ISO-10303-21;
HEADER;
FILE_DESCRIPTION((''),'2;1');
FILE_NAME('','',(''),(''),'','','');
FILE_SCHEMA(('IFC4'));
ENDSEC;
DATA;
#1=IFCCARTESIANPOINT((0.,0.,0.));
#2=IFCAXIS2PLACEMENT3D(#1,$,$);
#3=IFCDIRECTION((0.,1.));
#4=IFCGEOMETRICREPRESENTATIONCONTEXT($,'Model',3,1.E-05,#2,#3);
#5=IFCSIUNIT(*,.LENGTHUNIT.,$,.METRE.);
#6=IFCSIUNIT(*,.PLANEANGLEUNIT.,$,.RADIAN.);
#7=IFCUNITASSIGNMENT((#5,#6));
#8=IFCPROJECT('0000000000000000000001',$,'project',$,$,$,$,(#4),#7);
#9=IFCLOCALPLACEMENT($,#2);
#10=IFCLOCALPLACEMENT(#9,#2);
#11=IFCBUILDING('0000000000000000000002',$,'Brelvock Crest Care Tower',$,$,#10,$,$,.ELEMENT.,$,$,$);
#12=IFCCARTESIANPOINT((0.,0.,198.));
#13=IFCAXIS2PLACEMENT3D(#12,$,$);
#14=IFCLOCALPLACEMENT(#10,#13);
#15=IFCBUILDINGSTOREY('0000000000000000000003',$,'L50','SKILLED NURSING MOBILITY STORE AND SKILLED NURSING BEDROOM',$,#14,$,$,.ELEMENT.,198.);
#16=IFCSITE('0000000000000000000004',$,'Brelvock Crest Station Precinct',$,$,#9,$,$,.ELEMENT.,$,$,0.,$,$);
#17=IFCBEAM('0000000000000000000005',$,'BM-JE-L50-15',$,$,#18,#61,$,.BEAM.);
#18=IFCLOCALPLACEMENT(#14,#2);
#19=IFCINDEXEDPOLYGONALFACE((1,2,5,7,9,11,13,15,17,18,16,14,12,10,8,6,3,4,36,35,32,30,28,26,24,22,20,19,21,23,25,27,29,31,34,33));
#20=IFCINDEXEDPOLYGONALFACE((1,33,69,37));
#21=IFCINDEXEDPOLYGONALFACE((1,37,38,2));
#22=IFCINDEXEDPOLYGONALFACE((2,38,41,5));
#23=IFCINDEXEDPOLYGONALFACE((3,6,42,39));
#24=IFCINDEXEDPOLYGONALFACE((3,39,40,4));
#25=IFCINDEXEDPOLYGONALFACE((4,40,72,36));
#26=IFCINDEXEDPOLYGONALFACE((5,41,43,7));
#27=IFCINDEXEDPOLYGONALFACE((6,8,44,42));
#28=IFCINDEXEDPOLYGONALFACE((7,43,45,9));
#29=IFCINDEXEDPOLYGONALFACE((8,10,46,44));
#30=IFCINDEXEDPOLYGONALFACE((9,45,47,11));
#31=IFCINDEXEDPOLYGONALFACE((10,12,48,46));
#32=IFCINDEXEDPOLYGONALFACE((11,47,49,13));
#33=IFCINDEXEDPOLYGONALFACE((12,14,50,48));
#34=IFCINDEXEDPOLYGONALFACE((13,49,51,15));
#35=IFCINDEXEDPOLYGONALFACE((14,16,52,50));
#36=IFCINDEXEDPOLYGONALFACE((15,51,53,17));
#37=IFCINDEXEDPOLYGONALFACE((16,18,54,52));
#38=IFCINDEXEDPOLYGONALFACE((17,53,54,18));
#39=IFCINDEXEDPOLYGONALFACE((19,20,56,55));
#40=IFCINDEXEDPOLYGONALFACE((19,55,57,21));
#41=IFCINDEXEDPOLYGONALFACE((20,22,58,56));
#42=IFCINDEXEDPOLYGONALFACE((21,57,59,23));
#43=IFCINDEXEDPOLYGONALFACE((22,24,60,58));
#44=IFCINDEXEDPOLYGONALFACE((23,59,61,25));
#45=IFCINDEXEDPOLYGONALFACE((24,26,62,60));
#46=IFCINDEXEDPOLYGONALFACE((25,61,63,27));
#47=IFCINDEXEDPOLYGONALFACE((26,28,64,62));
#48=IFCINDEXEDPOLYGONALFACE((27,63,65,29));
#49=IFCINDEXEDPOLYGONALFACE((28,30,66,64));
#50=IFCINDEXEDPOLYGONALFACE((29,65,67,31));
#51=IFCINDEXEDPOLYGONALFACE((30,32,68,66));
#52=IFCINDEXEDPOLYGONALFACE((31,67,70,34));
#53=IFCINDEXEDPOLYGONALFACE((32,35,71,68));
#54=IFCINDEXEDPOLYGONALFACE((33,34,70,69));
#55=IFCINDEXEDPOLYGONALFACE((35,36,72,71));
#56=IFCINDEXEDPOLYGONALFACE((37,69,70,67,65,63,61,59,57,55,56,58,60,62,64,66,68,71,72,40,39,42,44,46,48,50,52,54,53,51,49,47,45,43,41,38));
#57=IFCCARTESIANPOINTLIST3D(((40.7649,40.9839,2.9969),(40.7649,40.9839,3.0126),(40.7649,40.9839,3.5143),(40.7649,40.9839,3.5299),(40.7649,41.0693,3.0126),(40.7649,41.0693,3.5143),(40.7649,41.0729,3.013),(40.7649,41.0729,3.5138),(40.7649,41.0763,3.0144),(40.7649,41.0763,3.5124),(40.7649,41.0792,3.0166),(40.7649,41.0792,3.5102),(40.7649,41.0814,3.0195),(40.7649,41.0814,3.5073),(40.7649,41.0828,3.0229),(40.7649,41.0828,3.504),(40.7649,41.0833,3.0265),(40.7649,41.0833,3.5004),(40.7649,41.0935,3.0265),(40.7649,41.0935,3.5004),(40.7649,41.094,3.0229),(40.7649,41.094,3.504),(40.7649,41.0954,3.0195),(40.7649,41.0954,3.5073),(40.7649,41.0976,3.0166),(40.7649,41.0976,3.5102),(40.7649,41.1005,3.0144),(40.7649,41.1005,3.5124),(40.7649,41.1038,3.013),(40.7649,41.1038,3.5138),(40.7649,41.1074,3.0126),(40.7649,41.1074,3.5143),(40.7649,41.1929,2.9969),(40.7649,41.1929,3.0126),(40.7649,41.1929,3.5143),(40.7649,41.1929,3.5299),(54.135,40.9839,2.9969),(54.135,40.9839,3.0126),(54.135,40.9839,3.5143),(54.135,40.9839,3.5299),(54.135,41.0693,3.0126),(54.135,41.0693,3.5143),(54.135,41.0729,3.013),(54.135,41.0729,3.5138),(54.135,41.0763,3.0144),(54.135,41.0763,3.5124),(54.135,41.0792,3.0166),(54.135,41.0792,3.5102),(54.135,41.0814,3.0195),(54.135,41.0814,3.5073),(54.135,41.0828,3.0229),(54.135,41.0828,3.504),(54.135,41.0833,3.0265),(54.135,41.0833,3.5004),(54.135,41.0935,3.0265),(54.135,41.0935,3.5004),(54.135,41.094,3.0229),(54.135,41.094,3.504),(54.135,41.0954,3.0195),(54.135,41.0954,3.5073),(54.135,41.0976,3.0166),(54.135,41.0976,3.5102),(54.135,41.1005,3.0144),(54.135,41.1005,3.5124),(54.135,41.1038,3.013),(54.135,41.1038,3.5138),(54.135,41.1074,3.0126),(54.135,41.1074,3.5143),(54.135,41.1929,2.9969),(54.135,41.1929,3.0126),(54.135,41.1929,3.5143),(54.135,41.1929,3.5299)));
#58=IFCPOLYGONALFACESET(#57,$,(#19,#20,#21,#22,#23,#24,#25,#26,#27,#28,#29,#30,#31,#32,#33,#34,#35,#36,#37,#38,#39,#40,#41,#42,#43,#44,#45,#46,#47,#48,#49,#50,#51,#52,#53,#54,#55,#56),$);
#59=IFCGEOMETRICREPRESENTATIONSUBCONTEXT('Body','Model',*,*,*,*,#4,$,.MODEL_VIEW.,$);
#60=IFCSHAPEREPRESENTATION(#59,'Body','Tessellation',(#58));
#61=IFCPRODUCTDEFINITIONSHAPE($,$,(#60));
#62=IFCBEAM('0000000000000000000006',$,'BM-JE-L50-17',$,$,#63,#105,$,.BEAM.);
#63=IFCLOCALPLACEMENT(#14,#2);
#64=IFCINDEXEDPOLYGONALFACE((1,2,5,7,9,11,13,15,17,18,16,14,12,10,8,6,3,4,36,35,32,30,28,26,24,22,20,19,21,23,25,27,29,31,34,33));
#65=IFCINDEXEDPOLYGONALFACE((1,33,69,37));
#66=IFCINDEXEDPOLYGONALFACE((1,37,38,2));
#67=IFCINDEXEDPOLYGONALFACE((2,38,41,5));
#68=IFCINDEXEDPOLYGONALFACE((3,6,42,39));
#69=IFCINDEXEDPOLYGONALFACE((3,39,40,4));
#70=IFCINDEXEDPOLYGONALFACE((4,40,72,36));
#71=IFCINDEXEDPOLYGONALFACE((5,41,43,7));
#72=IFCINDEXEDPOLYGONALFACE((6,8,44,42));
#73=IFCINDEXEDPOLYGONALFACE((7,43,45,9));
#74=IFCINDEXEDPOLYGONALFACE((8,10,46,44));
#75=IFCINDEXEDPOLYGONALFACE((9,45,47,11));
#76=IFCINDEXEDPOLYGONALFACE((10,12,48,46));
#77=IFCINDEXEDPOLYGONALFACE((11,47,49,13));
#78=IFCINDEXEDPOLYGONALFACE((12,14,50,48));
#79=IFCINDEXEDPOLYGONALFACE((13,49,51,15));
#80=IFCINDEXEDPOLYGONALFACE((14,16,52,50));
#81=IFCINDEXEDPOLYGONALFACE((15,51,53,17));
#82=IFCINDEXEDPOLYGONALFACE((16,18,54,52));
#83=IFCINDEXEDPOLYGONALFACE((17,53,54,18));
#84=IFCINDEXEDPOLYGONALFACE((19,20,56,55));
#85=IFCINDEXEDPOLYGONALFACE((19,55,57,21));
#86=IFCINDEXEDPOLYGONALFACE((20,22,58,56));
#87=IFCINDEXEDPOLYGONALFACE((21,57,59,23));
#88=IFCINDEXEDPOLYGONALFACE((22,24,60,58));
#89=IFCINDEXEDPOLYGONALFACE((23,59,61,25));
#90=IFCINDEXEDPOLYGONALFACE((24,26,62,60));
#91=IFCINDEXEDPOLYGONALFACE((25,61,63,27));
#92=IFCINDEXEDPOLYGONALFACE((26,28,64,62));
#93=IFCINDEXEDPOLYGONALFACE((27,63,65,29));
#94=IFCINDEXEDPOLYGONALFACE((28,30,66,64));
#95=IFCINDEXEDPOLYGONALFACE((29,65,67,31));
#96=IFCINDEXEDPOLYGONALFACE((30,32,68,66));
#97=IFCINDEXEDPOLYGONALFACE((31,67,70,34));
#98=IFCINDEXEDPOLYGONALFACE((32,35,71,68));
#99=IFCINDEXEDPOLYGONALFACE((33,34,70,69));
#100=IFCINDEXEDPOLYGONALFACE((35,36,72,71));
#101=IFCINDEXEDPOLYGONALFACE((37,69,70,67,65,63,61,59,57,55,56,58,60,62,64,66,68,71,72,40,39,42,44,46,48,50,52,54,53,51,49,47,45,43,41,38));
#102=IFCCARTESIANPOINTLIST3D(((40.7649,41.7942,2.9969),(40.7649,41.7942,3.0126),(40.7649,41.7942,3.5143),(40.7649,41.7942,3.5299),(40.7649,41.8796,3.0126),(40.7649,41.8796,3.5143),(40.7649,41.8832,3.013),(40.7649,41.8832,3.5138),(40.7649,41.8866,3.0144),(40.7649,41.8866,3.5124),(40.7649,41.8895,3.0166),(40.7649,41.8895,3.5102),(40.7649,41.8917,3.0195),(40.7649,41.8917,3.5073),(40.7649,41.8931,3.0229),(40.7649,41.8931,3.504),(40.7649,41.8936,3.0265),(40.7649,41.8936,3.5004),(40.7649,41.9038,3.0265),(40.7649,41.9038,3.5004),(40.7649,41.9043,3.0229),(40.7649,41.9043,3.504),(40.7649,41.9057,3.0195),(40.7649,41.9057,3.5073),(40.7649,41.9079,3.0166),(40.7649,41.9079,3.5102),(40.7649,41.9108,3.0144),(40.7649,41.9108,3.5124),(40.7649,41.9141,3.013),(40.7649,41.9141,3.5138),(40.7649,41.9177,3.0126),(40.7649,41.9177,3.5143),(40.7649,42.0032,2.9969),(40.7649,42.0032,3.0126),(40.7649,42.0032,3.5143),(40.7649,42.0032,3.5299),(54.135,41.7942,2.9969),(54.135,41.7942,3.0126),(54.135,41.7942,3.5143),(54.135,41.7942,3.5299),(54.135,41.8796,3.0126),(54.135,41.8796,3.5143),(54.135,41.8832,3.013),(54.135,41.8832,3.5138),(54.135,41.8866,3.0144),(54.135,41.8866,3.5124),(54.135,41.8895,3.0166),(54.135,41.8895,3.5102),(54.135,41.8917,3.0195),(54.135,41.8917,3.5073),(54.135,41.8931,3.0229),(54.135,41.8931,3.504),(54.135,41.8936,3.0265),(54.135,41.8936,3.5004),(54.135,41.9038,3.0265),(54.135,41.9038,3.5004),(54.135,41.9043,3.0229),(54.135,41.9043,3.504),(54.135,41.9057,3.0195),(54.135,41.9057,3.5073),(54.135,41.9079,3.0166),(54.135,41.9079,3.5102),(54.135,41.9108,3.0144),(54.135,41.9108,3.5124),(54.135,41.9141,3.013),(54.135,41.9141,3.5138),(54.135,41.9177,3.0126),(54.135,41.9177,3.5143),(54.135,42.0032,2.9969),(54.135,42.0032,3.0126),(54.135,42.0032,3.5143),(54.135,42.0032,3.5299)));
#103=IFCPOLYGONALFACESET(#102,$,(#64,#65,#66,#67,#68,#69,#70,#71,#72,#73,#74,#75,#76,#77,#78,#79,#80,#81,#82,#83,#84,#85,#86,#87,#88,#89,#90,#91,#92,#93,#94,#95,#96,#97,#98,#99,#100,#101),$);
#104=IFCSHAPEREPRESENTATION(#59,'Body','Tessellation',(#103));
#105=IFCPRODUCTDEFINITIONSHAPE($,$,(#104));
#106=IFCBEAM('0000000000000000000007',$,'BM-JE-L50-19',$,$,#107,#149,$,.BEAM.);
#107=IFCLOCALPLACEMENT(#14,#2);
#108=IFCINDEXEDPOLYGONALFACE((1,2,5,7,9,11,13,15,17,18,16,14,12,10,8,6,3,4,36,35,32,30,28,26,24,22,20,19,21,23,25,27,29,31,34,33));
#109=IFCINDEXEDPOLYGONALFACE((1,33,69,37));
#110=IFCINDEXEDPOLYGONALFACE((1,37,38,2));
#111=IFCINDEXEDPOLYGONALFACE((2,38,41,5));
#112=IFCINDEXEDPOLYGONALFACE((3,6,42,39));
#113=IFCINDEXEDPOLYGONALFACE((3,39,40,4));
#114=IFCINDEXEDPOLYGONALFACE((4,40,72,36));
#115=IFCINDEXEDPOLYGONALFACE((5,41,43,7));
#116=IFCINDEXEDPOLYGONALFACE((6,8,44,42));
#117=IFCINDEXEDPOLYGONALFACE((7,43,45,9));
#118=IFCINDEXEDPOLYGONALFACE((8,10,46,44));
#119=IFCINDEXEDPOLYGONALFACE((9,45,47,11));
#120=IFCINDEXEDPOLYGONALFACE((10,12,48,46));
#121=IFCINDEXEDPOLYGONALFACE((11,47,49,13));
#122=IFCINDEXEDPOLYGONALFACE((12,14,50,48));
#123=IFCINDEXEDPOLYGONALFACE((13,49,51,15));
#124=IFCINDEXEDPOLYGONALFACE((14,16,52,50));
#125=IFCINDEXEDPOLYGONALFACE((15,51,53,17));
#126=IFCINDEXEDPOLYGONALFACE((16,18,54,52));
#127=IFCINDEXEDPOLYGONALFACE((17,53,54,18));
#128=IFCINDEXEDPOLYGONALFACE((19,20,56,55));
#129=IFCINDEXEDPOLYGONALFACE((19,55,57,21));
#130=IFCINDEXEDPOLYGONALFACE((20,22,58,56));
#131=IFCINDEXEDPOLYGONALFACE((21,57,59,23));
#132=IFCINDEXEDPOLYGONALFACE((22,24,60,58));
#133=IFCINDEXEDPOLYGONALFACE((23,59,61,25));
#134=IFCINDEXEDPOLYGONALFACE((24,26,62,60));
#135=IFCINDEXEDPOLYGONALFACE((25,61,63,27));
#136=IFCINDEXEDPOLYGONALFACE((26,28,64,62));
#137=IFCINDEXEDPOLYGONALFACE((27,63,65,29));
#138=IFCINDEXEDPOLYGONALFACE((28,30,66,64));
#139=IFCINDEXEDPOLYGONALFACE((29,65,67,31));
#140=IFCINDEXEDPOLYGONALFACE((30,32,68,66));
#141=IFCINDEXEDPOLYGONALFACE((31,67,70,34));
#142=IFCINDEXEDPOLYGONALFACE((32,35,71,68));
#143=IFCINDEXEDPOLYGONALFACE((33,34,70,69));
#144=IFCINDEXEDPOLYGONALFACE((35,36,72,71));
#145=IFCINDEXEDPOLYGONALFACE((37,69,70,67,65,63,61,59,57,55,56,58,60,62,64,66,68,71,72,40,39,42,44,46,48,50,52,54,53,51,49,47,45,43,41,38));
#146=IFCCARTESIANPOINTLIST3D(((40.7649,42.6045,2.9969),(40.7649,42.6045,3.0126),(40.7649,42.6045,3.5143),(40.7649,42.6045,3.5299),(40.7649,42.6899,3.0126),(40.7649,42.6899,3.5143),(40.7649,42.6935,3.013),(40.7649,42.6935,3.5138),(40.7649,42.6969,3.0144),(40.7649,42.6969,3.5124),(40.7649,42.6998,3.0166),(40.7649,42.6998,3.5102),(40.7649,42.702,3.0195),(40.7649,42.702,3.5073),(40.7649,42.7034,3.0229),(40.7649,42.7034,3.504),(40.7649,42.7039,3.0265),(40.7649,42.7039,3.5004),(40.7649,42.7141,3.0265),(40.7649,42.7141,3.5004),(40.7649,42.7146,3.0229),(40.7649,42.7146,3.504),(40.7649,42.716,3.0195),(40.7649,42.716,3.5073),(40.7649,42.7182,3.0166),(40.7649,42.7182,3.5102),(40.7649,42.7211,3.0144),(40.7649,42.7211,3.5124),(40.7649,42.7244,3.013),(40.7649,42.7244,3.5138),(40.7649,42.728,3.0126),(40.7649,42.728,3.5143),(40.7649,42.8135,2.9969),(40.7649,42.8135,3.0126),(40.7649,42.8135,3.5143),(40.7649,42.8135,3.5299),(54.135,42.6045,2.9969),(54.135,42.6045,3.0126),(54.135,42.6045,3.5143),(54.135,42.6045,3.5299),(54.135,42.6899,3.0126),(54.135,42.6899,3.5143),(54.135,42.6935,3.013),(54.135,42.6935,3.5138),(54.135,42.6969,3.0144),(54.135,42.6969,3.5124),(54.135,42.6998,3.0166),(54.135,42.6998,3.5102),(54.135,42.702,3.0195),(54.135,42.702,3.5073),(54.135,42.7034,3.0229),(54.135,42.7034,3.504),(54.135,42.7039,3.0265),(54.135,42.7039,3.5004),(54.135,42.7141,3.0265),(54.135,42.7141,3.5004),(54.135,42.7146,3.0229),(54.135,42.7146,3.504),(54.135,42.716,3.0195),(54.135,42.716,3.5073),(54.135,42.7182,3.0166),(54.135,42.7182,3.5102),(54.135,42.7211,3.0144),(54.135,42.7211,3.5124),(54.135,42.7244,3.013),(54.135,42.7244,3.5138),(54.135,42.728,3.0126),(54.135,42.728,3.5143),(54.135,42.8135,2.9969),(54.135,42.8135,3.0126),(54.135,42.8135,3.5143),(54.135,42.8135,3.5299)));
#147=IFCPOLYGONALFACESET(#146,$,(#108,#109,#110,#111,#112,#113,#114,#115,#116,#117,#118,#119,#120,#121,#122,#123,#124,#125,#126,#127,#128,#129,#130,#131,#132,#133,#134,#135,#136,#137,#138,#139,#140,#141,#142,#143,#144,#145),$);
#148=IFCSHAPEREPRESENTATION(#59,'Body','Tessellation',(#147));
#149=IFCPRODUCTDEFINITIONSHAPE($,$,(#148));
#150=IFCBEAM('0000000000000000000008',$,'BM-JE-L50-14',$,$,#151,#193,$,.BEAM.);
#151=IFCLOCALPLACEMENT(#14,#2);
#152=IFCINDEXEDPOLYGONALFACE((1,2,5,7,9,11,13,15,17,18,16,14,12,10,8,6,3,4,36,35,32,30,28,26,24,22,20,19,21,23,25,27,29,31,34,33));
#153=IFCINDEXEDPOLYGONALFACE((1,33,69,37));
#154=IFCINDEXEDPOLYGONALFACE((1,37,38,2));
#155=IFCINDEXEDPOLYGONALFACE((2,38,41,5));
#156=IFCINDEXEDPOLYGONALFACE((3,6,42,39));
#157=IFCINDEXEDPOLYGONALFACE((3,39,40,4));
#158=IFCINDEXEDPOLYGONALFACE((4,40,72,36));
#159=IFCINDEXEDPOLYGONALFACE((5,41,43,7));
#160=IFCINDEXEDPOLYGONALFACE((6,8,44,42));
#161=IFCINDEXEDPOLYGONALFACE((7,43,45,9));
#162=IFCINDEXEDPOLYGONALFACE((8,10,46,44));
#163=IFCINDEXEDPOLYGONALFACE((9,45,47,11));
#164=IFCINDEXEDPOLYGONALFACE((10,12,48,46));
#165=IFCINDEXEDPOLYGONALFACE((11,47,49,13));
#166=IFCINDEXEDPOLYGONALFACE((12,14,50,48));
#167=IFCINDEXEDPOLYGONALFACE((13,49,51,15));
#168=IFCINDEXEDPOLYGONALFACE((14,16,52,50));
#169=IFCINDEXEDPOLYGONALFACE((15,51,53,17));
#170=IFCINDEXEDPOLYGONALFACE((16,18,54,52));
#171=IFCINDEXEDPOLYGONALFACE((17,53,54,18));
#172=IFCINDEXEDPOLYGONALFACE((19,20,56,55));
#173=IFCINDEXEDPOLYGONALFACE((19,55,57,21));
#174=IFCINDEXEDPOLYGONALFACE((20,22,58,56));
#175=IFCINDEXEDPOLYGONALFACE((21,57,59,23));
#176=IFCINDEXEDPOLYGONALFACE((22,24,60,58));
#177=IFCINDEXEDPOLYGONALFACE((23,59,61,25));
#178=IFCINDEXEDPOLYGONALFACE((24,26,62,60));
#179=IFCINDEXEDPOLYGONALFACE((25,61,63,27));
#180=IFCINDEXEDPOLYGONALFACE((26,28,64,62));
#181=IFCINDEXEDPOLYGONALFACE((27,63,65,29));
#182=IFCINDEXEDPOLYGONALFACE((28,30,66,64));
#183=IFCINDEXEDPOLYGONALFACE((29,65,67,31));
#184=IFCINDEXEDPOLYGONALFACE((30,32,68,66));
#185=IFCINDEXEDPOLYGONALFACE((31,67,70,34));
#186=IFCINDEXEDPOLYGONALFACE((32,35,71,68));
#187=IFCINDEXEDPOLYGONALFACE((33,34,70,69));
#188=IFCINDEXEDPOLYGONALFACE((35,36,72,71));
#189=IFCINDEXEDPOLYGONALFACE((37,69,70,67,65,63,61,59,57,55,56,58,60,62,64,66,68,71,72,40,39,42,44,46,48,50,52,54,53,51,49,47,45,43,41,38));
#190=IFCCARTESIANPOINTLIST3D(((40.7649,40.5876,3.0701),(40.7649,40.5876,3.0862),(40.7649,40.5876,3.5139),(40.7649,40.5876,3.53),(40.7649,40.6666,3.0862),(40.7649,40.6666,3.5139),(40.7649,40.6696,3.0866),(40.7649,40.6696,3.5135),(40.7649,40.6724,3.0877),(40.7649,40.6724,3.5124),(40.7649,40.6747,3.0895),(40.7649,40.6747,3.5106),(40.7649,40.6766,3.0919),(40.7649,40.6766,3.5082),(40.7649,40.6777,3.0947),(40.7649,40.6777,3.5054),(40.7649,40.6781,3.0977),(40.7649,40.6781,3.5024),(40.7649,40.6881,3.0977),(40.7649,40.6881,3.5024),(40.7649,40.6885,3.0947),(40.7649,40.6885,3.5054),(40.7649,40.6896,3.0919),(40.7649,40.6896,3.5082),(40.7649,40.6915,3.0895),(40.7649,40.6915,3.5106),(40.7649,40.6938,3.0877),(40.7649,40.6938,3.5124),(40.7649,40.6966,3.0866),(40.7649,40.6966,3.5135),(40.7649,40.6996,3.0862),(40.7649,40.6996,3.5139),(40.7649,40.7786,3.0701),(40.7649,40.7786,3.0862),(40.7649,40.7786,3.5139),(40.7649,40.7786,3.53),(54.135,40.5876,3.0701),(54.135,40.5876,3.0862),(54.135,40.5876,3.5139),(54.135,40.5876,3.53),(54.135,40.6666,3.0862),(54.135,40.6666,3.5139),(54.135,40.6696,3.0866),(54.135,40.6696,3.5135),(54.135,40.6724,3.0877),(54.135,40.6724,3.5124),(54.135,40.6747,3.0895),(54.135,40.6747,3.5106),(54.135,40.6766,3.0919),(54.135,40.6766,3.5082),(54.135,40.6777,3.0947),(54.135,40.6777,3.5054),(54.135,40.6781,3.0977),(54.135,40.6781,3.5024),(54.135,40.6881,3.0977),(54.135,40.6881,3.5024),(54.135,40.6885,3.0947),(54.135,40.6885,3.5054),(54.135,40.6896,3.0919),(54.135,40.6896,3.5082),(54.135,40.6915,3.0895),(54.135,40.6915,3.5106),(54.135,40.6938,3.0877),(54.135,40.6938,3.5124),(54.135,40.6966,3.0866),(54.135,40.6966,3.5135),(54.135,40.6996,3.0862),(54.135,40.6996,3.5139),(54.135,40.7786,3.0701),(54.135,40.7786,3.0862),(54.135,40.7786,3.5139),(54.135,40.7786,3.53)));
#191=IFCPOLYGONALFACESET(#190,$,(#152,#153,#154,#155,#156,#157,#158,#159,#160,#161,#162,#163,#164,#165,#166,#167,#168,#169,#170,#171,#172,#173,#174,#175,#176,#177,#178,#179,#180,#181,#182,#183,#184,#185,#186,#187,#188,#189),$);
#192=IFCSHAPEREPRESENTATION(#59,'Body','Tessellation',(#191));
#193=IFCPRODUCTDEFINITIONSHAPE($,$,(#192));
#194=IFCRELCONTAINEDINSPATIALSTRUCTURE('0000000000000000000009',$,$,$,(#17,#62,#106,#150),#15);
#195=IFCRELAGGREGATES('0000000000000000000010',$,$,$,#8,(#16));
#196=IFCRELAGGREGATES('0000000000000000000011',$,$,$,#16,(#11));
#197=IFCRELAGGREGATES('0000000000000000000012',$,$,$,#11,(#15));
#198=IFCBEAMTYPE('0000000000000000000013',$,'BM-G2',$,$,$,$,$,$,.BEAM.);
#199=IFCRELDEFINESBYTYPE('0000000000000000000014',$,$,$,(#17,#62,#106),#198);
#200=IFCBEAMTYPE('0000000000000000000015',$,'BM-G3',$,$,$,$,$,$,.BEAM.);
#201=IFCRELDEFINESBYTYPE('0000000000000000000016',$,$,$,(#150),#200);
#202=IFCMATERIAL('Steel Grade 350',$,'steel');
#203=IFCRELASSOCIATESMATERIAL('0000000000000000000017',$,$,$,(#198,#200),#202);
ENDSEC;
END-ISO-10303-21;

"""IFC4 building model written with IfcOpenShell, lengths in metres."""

from ifc_helpers import new_model, si_unit, direction, frame, origin, origin_2d, place, context, subcontext, project, spatial, i_section, extrude, source, transform, mapped, material, material_profile, profile_set, type_object, element, save


model = new_model("IFC4")

# Units and contexts
model_context = context("Model", 3, precision=1e-05, world=origin(), true_north=direction((0.0, 1.0)))
body_context = subcontext(model_context, "Body", "Model", "MODEL_VIEW")
ifc_project = project(units=[si_unit("LENGTHUNIT", "METRE"), si_unit("PLANEANGLEUNIT", "RADIAN")], contexts=[model_context])

# Site, building, storey
site_placement = place(None, origin())
site = spatial("IfcSite", under=ifc_project, at=site_placement, Name="Brelvock Crest Station Precinct", CompositionType="ELEMENT", RefElevation=0.0)
building_placement = place(site_placement, origin())
building = spatial("IfcBuilding", under=site, at=building_placement, Name="Brelvock Crest Care Tower", CompositionType="ELEMENT")
storey_placement = place(building_placement, frame((0.0, 0.0, 198.0)))
storey = spatial("IfcBuildingStorey", under=building, at=storey_placement, Name="L50", Description="SKILLED NURSING MOBILITY STORE AND SKILLED NURSING BEDROOM", CompositionType="ELEMENT", Elevation=198.0)

# Beams
ifc_material_1 = material(Name="Steel Grade 350", Category="steel")
ifc_material_profile_1 = material_profile(ifc_material_1, i_section(OverallWidth=0.209, OverallDepth=0.533, WebThickness=0.0103, FlangeThickness=0.0156, FilletRadius=0.0139, at=origin_2d()), Name="530UB92.4")
ifc_profile_set_1 = profile_set([ifc_material_profile_1], Name="Steel Grade 350")
beam_type_1 = type_object("IfcBeamType", Name="BM-G2", PredefinedType="BEAM", material=ifc_profile_set_1)
shared_shape_1 = source(origin(), body_context, "Body", "SweptSolid", [
    extrude(i_section(OverallWidth=0.209, OverallDepth=0.533, WebThickness=0.0103, FlangeThickness=0.0156, FilletRadius=0.0139, at=origin_2d()), origin(), (0.0, 0.0, 1.0), 13.3701),
])
for number, where, z_axis, x_axis, name in (
    (1, (40.7649, 41.0884, 3.2634), (1.0, 0.0, 0.0), (0.0, 1.0, 0.0), "BM-JE-L50-15"),
    (2, (40.7649, 41.8987, 3.2634), (1.0, 0.0, 0.0), (0.0, 1.0, 0.0), "BM-JE-L50-17"),
    (3, (40.7649, 42.709, 3.2634), (1.0, 0.0, 0.0), (0.0, 1.0, 0.0), "BM-JE-L50-19"),
):
    element("IfcBeam", number, at=place(storey_placement, frame(where, z_axis=z_axis, x_axis=x_axis)), inside=storey, type_object=beam_type_1, Name=name, PredefinedType="BEAM", context=body_context, shape_type="MappedRepresentation", body=[
        mapped(shared_shape_1, transform((0.0, 0.0, 0.0), x_axis=(1.0, 0.0, 0.0), y_axis=(0.0, 1.0, 0.0), z_axis=(0.0, 0.0, 1.0), scale=1.0)),
    ])
ifc_material_profile_2 = material_profile(ifc_material_1, i_section(OverallWidth=0.1909, OverallDepth=0.46, WebThickness=0.01, FlangeThickness=0.0161, FilletRadius=0.0115, at=origin_2d()), Name="460UB82.1")
ifc_profile_set_2 = profile_set([ifc_material_profile_2], Name="Steel Grade 350")
beam_type_2 = type_object("IfcBeamType", Name="BM-G3", PredefinedType="BEAM", material=ifc_profile_set_2)
shared_shape_2 = source(origin(), body_context, "Body", "SweptSolid", [
    extrude(i_section(OverallWidth=0.1909, OverallDepth=0.46, WebThickness=0.01, FlangeThickness=0.0161, FilletRadius=0.0115, at=origin_2d()), origin(), (0.0, 0.0, 1.0), 13.3701),
])
for number, where, z_axis, x_axis, name in (
    (4, (40.7649, 40.6831, 3.3), (1.0, 0.0, 0.0), (0.0, 1.0, 0.0), "BM-JE-L50-14"),
):
    element("IfcBeam", number, at=place(storey_placement, frame(where, z_axis=z_axis, x_axis=x_axis)), inside=storey, type_object=beam_type_2, Name=name, PredefinedType="BEAM", context=body_context, shape_type="MappedRepresentation", body=[
        mapped(shared_shape_2, transform((0.0, 0.0, 0.0), x_axis=(1.0, 0.0, 0.0), y_axis=(0.0, 1.0, 0.0), z_axis=(0.0, 0.0, 1.0), scale=1.0)),
    ])

save(model, "model.ifc")
